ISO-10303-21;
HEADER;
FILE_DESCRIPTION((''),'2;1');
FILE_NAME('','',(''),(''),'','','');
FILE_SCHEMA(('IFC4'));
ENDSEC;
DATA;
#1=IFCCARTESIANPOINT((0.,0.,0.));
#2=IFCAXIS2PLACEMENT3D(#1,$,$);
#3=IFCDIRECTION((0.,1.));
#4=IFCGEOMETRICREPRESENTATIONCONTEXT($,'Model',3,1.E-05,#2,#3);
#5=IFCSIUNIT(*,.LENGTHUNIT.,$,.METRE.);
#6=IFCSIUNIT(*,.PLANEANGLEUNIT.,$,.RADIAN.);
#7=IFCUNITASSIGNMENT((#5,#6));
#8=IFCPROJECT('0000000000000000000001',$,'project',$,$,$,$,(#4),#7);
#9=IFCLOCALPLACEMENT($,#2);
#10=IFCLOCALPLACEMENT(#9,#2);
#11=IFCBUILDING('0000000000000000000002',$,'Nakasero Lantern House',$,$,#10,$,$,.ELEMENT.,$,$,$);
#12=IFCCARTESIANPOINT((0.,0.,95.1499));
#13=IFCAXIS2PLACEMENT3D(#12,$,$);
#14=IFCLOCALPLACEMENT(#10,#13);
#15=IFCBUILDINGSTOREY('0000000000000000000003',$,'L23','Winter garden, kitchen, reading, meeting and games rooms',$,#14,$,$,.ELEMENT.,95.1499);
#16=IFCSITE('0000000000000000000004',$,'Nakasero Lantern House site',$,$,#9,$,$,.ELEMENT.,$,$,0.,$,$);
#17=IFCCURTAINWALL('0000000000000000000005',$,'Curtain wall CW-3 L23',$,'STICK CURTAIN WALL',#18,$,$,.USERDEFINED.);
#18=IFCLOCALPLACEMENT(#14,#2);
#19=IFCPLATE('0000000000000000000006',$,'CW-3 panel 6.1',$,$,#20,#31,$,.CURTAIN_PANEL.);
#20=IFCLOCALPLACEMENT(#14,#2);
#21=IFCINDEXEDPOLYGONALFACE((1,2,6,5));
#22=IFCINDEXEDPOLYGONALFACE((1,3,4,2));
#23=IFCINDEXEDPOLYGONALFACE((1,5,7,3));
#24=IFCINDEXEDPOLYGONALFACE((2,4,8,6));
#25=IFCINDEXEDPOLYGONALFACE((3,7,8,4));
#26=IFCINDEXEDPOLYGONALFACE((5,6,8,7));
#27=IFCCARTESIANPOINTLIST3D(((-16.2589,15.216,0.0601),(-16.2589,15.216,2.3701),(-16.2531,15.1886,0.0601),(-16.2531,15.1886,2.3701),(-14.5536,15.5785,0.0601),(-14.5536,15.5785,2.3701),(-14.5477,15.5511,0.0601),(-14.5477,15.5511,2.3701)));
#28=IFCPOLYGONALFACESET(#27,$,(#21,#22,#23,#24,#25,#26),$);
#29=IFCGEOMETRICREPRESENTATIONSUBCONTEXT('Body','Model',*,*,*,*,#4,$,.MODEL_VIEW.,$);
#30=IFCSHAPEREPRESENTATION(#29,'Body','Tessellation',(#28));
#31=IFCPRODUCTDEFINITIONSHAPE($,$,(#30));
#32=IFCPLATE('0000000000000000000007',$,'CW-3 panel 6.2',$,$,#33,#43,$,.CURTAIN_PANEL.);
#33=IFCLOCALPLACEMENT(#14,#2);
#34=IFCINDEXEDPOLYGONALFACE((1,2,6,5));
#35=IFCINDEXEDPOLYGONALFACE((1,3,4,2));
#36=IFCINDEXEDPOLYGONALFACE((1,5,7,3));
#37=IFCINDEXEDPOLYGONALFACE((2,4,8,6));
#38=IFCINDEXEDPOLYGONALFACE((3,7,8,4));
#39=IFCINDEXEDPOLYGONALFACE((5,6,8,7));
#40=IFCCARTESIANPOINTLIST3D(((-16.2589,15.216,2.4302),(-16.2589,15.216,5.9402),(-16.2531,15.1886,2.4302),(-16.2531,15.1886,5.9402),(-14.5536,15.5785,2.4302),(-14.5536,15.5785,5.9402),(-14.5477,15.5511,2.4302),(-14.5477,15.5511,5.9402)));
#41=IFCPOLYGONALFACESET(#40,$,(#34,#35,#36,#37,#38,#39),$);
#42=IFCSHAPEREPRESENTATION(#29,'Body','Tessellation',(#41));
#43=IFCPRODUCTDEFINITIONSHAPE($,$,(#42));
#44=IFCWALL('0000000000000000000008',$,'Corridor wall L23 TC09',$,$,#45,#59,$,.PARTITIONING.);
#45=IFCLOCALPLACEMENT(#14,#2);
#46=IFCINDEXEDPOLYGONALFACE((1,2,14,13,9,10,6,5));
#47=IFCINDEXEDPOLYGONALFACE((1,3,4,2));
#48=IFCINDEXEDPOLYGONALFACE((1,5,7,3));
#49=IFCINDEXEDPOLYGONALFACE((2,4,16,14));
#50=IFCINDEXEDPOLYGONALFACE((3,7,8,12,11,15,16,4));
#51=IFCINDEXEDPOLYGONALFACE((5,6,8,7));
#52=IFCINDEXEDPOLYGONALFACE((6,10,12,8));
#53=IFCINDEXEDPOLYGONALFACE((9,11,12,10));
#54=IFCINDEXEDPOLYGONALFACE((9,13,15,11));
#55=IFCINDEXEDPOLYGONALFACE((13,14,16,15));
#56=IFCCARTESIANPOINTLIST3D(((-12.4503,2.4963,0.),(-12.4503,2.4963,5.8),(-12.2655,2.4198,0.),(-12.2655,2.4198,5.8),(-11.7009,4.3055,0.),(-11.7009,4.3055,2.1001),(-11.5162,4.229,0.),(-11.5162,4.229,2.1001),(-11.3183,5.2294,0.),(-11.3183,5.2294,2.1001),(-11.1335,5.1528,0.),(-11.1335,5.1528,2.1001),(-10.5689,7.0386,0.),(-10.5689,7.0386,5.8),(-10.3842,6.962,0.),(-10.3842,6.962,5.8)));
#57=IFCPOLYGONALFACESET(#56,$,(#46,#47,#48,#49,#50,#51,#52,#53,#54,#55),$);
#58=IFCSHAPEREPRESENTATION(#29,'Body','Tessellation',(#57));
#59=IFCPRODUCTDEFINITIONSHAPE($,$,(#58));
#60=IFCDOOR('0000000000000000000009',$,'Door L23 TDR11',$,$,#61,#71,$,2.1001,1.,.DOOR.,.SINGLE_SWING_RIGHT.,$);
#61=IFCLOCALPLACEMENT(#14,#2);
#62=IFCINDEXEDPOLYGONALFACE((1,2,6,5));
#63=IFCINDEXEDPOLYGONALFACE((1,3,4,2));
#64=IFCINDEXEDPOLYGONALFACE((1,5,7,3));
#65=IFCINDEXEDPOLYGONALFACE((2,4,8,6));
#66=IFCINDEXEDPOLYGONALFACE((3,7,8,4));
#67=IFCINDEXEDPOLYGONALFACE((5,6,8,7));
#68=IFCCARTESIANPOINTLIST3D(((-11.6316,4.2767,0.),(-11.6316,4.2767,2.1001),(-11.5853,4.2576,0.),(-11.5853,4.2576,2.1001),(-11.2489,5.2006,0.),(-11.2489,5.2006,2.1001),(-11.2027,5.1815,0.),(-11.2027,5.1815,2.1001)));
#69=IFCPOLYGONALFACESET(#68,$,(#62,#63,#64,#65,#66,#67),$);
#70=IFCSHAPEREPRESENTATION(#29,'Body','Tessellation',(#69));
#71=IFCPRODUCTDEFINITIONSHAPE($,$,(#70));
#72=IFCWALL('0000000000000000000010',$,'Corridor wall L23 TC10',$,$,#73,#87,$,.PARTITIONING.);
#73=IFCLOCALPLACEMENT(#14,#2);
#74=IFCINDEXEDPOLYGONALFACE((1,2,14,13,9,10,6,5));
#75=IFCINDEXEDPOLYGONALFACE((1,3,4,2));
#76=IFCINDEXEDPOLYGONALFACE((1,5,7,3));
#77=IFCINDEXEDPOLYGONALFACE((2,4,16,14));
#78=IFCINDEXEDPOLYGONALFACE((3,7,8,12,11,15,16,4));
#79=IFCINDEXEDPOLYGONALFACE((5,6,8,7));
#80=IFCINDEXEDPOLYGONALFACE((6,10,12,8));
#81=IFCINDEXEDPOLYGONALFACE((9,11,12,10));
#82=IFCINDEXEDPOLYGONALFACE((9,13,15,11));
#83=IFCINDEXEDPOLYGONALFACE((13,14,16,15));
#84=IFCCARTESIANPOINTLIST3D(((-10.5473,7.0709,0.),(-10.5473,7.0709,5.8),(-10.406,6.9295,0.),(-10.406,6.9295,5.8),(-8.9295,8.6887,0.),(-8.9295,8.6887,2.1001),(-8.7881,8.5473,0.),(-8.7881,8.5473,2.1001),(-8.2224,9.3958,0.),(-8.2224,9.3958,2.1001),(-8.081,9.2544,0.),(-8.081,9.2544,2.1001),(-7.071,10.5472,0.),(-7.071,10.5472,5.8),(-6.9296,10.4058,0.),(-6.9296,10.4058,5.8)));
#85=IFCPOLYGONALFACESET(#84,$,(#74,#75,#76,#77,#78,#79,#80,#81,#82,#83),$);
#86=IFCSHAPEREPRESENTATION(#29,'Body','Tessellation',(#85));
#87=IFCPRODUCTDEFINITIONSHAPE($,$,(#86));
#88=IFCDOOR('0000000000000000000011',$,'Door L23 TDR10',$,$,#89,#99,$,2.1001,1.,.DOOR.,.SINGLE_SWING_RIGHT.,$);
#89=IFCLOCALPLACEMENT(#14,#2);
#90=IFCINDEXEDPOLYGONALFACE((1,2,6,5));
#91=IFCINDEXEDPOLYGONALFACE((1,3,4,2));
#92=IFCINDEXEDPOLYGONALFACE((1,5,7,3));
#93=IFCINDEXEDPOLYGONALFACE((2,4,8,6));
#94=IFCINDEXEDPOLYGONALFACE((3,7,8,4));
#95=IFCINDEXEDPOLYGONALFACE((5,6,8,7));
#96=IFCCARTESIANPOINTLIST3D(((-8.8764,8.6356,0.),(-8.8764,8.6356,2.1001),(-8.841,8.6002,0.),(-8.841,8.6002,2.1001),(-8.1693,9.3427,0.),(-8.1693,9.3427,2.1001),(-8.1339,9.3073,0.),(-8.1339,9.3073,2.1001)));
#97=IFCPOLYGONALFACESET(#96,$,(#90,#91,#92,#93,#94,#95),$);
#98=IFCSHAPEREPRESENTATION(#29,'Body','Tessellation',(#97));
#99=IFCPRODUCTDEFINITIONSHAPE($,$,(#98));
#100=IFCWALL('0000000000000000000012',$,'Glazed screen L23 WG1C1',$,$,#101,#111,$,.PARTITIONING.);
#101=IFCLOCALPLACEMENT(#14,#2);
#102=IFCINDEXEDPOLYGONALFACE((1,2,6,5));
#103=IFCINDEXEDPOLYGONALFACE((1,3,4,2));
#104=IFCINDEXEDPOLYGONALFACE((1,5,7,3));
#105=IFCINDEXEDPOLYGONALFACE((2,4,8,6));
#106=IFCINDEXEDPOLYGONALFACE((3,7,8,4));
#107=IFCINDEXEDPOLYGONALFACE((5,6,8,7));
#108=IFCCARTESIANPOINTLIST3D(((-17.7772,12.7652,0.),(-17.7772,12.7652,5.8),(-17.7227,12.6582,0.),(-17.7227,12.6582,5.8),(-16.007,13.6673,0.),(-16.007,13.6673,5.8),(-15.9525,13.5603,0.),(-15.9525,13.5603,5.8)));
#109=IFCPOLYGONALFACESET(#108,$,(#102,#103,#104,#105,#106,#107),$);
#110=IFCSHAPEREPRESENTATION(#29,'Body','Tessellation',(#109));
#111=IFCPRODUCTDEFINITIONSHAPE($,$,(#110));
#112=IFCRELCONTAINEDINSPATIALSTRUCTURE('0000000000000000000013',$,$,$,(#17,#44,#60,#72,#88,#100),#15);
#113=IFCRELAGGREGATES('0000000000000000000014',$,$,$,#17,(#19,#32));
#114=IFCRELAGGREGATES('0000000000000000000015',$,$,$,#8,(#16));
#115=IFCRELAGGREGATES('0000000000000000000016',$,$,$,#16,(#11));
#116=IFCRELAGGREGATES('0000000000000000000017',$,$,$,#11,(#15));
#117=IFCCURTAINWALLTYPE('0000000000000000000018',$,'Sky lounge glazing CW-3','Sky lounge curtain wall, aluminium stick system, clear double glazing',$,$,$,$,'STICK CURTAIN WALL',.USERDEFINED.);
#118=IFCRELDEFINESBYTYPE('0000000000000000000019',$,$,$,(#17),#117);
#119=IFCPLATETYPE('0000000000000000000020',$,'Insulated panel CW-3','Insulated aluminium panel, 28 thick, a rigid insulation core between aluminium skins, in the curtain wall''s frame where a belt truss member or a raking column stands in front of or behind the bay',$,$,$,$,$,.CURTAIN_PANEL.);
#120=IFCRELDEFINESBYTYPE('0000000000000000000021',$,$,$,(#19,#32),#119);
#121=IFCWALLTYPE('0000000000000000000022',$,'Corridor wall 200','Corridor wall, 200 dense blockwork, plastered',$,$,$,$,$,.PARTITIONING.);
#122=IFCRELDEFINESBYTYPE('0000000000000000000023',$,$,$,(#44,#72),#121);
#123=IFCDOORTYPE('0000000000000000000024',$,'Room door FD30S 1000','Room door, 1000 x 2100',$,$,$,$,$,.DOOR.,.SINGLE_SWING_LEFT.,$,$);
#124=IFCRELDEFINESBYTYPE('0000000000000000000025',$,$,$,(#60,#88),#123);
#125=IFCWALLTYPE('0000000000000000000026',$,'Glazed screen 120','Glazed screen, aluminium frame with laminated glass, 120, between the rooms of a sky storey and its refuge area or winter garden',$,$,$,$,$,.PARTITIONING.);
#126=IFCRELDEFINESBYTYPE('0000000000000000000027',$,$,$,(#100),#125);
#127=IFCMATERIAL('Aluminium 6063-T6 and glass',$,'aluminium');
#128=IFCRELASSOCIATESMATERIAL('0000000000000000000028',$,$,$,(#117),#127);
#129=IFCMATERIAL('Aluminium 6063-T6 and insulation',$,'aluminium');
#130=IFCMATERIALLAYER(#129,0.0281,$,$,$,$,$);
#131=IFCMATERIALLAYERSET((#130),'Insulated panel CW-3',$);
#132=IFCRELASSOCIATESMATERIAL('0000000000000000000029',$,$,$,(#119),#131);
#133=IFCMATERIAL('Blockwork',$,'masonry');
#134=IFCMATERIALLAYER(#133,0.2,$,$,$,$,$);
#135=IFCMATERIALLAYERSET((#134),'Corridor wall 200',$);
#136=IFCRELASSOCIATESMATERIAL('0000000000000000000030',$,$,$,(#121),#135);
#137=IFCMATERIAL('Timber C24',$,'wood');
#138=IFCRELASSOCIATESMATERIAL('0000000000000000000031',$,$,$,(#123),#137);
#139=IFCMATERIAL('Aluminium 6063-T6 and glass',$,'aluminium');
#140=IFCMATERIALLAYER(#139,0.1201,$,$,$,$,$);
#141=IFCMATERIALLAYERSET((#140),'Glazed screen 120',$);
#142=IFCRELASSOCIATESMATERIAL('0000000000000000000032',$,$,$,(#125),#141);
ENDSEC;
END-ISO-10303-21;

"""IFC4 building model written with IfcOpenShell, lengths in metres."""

from ifc_helpers import new_model, si_unit, direction, frame, frame_2d, origin, origin_2d, place, context, subcontext, project, spatial, rectangle, extrude, material, layer, layer_set, type_object, element, fill, aggregate, save


model = new_model("IFC4")

# Units and contexts
model_context = context("Model", 3, precision=1e-05, world=origin(), true_north=direction((0.0, 1.0)))
body_context = subcontext(model_context, "Body", "Model", "MODEL_VIEW")
ifc_project = project(units=[si_unit("LENGTHUNIT", "METRE"), si_unit("PLANEANGLEUNIT", "RADIAN")], contexts=[model_context])

# Site, building, storey
site_placement = place(None, origin())
site = spatial("IfcSite", under=ifc_project, at=site_placement, Name="Nakasero Lantern House site", CompositionType="ELEMENT", RefElevation=0.0)
building_placement = place(site_placement, origin())
building = spatial("IfcBuilding", under=site, at=building_placement, Name="Nakasero Lantern House", CompositionType="ELEMENT")
storey_placement = place(building_placement, frame((0.0, 0.0, 95.1499)))
storey = spatial("IfcBuildingStorey", under=building, at=storey_placement, Name="L23", Description="Winter garden, kitchen, reading, meeting and games rooms", CompositionType="ELEMENT", Elevation=95.1499)

# Curtain wall
ifc_material_1 = material(Name="Aluminium 6063-T6 and glass", Category="aluminium")
curtain_wall_type = type_object("IfcCurtainWallType", Name="Sky lounge glazing CW-3", Description="Sky lounge curtain wall, aluminium stick system, clear double glazing", ElementType="STICK CURTAIN WALL", PredefinedType="USERDEFINED", material=ifc_material_1)
curtain_wall_1_placement = place(storey_placement, origin())
curtain_wall_1 = element("IfcCurtainWall", 1, at=curtain_wall_1_placement, inside=storey, type_object=curtain_wall_type, Name="Curtain wall CW-3 L23", ObjectType="STICK CURTAIN WALL", PredefinedType="USERDEFINED")

# Plates
ifc_material_2 = material(Name="Aluminium 6063-T6 and insulation", Category="aluminium")
ifc_layer_1 = layer(ifc_material_2, 0.0281)
ifc_layer_set_1 = layer_set([ifc_layer_1], Name="Insulated panel CW-3")
plate_type_1 = type_object("IfcPlateType", Name="Insulated panel CW-3", Description="Insulated aluminium panel, 28 thick, a rigid insulation core between aluminium skins, in the curtain wall's frame where a belt truss member or a raking column stands in front of or behind the bay", PredefinedType="CURTAIN_PANEL", material=ifc_layer_set_1)
plate_1_placement = place(storey_placement, frame((-15.4033, 15.3835, 0.0601), z_axis=(0.0, 0.0, 1.0), x_axis=(-0.978148, -0.207912, 0.0)))
plate_1 = element("IfcPlate", 2, at=plate_1_placement, type_object=plate_type_1, Name="CW-3 panel 6.1", PredefinedType="CURTAIN_PANEL", context=body_context, shape_type="SweptSolid", body=[
    extrude(rectangle(XDim=1.7434, YDim=0.0281, at=origin_2d()), origin(), (0.0, 0.0, 1.0), 2.3101),
])
plate_2_placement = place(storey_placement, frame((-15.4033, 15.3835, 2.4302), z_axis=(0.0, 0.0, 1.0), x_axis=(-0.978148, -0.207912, 0.0)))
plate_2 = element("IfcPlate", 3, at=plate_2_placement, type_object=plate_type_1, Name="CW-3 panel 6.2", PredefinedType="CURTAIN_PANEL", context=body_context, shape_type="SweptSolid", body=[
    extrude(rectangle(XDim=1.7434, YDim=0.0281, at=origin_2d()), origin(), (0.0, 0.0, 1.0), 3.51),
])
aggregate(curtain_wall_1, [plate_1, plate_2])

# Walls, openings, doors
ifc_material_3 = material(Name="Blockwork", Category="masonry")
ifc_layer_2 = layer(ifc_material_3, 0.2)
ifc_layer_set_2 = layer_set([ifc_layer_2], Name="Corridor wall 200")
wall_type_1 = type_object("IfcWallType", Name="Corridor wall 200", Description="Corridor wall, 200 dense blockwork, plastered", PredefinedType="PARTITIONING", material=ifc_layer_set_2)
wall_1_placement = place(storey_placement, frame((-12.3579, 2.458, 0.0), z_axis=(0.0, 0.0, 1.0), x_axis=(0.382665, 0.923887, 0.0)))
wall_1 = element("IfcWall", 4, at=wall_1_placement, inside=storey, type_object=wall_type_1, Name="Corridor wall L23 TC09", PredefinedType="PARTITIONING", context=body_context, shape_type="SweptSolid", body=[
    extrude(rectangle(XDim=4.9165, YDim=0.2, at=frame_2d((2.4583, 0.0))), origin(), (0.0, 0.0, 1.0), 5.8),
])
opening_1_placement = place(wall_1_placement, frame((1.9583, 0.0, 0.0)))
opening_1 = element("IfcOpeningElement", 5, at=opening_1_placement, cuts=wall_1, PredefinedType="OPENING", context=body_context, shape_type="SweptSolid", body=[
    extrude(rectangle(XDim=1.0, YDim=2.1001, at=frame_2d((0.5, 1.05))), frame((0.0, 0.1199, 0.0), z_axis=(0.0, -1.0, 0.0), x_axis=(1.0, 0.0, 0.0)), (0.0, 0.0, 1.0), 0.24),
])
ifc_material_4 = material(Name="Timber C24", Category="wood")
door_type = type_object("IfcDoorType", Name="Room door FD30S 1000", Description="Room door, 1000 x 2100", OperationType="SINGLE_SWING_LEFT", PredefinedType="DOOR", material=ifc_material_4)
door_1_placement = place(opening_1_placement, origin())
door_1 = element("IfcDoor", 6, at=door_1_placement, inside=storey, type_object=door_type, Name="Door L23 TDR11", OperationType="SINGLE_SWING_RIGHT", OverallHeight=2.1001, OverallWidth=1.0, PredefinedType="DOOR", context=body_context, shape_type="SweptSolid", body=[
    extrude(rectangle(XDim=1.0, YDim=2.1001, at=frame_2d((0.5, 1.05))), frame((0.0, 0.0249, 0.0), z_axis=(0.0, -1.0, 0.0), x_axis=(1.0, 0.0, 0.0)), (0.0, 0.0, 1.0), 0.05),
])
fill(opening_1, door_1)
wall_2_placement = place(storey_placement, frame((-10.4766, 7.0002, 0.0), z_axis=(0.0, 0.0, 1.0), x_axis=(0.707107, 0.707107, 0.0)))
wall_2 = element("IfcWall", 7, at=wall_2_placement, inside=storey, type_object=wall_type_1, Name="Corridor wall L23 TC10", PredefinedType="PARTITIONING", context=body_context, shape_type="SweptSolid", body=[
    extrude(rectangle(XDim=4.9163, YDim=0.2, at=frame_2d((2.458, 0.0))), origin(), (0.0, 0.0, 1.0), 5.8),
])
opening_2_placement = place(wall_2_placement, frame((2.2878, 0.0, 0.0)))
opening_2 = element("IfcOpeningElement", 8, at=opening_2_placement, cuts=wall_2, PredefinedType="OPENING", context=body_context, shape_type="SweptSolid", body=[
    extrude(rectangle(XDim=1.0, YDim=2.1001, at=frame_2d((0.5, 1.05))), frame((0.0, 0.1199, 0.0), z_axis=(0.0, -1.0, 0.0), x_axis=(1.0, 0.0, 0.0)), (0.0, 0.0, 1.0), 0.24),
])
door_2_placement = place(opening_2_placement, origin())
door_2 = element("IfcDoor", 9, at=door_2_placement, inside=storey, type_object=door_type, Name="Door L23 TDR10", OperationType="SINGLE_SWING_RIGHT", OverallHeight=2.1001, OverallWidth=1.0, PredefinedType="DOOR", context=body_context, shape_type="SweptSolid", body=[
    extrude(rectangle(XDim=1.0, YDim=2.1001, at=frame_2d((0.5, 1.05))), frame((0.0, 0.0249, 0.0), z_axis=(0.0, -1.0, 0.0), x_axis=(1.0, 0.0, 0.0)), (0.0, 0.0, 1.0), 0.05),
])
fill(opening_2, door_2)

# Wall
ifc_material_5 = material(Name="Aluminium 6063-T6 and glass", Category="aluminium")
ifc_layer_3 = layer(ifc_material_5, 0.1201)
ifc_layer_set_3 = layer_set([ifc_layer_3], Name="Glazed screen 120")
wall_type_2 = type_object("IfcWallType", Name="Glazed screen 120", Description="Glazed screen, aluminium frame with laminated glass, 120, between the rooms of a sky storey and its refuge area or winter garden", PredefinedType="PARTITIONING", material=ifc_layer_set_3)
wall_3_placement = place(storey_placement, frame((-15.9797, 13.6138, 0.0), z_axis=(0.0, 0.0, 1.0), x_axis=(-0.890985, -0.454033, 0.0)))
element("IfcWall", 10, at=wall_3_placement, inside=storey, type_object=wall_type_2, Name="Glazed screen L23 WG1C1", PredefinedType="PARTITIONING", context=body_context, shape_type="SweptSolid", body=[
    extrude(rectangle(XDim=1.9868, YDim=0.1201, at=frame_2d((0.9934, 0.0))), origin(), (0.0, 0.0, 1.0), 5.8),
])

save(model, "model.ifc")
